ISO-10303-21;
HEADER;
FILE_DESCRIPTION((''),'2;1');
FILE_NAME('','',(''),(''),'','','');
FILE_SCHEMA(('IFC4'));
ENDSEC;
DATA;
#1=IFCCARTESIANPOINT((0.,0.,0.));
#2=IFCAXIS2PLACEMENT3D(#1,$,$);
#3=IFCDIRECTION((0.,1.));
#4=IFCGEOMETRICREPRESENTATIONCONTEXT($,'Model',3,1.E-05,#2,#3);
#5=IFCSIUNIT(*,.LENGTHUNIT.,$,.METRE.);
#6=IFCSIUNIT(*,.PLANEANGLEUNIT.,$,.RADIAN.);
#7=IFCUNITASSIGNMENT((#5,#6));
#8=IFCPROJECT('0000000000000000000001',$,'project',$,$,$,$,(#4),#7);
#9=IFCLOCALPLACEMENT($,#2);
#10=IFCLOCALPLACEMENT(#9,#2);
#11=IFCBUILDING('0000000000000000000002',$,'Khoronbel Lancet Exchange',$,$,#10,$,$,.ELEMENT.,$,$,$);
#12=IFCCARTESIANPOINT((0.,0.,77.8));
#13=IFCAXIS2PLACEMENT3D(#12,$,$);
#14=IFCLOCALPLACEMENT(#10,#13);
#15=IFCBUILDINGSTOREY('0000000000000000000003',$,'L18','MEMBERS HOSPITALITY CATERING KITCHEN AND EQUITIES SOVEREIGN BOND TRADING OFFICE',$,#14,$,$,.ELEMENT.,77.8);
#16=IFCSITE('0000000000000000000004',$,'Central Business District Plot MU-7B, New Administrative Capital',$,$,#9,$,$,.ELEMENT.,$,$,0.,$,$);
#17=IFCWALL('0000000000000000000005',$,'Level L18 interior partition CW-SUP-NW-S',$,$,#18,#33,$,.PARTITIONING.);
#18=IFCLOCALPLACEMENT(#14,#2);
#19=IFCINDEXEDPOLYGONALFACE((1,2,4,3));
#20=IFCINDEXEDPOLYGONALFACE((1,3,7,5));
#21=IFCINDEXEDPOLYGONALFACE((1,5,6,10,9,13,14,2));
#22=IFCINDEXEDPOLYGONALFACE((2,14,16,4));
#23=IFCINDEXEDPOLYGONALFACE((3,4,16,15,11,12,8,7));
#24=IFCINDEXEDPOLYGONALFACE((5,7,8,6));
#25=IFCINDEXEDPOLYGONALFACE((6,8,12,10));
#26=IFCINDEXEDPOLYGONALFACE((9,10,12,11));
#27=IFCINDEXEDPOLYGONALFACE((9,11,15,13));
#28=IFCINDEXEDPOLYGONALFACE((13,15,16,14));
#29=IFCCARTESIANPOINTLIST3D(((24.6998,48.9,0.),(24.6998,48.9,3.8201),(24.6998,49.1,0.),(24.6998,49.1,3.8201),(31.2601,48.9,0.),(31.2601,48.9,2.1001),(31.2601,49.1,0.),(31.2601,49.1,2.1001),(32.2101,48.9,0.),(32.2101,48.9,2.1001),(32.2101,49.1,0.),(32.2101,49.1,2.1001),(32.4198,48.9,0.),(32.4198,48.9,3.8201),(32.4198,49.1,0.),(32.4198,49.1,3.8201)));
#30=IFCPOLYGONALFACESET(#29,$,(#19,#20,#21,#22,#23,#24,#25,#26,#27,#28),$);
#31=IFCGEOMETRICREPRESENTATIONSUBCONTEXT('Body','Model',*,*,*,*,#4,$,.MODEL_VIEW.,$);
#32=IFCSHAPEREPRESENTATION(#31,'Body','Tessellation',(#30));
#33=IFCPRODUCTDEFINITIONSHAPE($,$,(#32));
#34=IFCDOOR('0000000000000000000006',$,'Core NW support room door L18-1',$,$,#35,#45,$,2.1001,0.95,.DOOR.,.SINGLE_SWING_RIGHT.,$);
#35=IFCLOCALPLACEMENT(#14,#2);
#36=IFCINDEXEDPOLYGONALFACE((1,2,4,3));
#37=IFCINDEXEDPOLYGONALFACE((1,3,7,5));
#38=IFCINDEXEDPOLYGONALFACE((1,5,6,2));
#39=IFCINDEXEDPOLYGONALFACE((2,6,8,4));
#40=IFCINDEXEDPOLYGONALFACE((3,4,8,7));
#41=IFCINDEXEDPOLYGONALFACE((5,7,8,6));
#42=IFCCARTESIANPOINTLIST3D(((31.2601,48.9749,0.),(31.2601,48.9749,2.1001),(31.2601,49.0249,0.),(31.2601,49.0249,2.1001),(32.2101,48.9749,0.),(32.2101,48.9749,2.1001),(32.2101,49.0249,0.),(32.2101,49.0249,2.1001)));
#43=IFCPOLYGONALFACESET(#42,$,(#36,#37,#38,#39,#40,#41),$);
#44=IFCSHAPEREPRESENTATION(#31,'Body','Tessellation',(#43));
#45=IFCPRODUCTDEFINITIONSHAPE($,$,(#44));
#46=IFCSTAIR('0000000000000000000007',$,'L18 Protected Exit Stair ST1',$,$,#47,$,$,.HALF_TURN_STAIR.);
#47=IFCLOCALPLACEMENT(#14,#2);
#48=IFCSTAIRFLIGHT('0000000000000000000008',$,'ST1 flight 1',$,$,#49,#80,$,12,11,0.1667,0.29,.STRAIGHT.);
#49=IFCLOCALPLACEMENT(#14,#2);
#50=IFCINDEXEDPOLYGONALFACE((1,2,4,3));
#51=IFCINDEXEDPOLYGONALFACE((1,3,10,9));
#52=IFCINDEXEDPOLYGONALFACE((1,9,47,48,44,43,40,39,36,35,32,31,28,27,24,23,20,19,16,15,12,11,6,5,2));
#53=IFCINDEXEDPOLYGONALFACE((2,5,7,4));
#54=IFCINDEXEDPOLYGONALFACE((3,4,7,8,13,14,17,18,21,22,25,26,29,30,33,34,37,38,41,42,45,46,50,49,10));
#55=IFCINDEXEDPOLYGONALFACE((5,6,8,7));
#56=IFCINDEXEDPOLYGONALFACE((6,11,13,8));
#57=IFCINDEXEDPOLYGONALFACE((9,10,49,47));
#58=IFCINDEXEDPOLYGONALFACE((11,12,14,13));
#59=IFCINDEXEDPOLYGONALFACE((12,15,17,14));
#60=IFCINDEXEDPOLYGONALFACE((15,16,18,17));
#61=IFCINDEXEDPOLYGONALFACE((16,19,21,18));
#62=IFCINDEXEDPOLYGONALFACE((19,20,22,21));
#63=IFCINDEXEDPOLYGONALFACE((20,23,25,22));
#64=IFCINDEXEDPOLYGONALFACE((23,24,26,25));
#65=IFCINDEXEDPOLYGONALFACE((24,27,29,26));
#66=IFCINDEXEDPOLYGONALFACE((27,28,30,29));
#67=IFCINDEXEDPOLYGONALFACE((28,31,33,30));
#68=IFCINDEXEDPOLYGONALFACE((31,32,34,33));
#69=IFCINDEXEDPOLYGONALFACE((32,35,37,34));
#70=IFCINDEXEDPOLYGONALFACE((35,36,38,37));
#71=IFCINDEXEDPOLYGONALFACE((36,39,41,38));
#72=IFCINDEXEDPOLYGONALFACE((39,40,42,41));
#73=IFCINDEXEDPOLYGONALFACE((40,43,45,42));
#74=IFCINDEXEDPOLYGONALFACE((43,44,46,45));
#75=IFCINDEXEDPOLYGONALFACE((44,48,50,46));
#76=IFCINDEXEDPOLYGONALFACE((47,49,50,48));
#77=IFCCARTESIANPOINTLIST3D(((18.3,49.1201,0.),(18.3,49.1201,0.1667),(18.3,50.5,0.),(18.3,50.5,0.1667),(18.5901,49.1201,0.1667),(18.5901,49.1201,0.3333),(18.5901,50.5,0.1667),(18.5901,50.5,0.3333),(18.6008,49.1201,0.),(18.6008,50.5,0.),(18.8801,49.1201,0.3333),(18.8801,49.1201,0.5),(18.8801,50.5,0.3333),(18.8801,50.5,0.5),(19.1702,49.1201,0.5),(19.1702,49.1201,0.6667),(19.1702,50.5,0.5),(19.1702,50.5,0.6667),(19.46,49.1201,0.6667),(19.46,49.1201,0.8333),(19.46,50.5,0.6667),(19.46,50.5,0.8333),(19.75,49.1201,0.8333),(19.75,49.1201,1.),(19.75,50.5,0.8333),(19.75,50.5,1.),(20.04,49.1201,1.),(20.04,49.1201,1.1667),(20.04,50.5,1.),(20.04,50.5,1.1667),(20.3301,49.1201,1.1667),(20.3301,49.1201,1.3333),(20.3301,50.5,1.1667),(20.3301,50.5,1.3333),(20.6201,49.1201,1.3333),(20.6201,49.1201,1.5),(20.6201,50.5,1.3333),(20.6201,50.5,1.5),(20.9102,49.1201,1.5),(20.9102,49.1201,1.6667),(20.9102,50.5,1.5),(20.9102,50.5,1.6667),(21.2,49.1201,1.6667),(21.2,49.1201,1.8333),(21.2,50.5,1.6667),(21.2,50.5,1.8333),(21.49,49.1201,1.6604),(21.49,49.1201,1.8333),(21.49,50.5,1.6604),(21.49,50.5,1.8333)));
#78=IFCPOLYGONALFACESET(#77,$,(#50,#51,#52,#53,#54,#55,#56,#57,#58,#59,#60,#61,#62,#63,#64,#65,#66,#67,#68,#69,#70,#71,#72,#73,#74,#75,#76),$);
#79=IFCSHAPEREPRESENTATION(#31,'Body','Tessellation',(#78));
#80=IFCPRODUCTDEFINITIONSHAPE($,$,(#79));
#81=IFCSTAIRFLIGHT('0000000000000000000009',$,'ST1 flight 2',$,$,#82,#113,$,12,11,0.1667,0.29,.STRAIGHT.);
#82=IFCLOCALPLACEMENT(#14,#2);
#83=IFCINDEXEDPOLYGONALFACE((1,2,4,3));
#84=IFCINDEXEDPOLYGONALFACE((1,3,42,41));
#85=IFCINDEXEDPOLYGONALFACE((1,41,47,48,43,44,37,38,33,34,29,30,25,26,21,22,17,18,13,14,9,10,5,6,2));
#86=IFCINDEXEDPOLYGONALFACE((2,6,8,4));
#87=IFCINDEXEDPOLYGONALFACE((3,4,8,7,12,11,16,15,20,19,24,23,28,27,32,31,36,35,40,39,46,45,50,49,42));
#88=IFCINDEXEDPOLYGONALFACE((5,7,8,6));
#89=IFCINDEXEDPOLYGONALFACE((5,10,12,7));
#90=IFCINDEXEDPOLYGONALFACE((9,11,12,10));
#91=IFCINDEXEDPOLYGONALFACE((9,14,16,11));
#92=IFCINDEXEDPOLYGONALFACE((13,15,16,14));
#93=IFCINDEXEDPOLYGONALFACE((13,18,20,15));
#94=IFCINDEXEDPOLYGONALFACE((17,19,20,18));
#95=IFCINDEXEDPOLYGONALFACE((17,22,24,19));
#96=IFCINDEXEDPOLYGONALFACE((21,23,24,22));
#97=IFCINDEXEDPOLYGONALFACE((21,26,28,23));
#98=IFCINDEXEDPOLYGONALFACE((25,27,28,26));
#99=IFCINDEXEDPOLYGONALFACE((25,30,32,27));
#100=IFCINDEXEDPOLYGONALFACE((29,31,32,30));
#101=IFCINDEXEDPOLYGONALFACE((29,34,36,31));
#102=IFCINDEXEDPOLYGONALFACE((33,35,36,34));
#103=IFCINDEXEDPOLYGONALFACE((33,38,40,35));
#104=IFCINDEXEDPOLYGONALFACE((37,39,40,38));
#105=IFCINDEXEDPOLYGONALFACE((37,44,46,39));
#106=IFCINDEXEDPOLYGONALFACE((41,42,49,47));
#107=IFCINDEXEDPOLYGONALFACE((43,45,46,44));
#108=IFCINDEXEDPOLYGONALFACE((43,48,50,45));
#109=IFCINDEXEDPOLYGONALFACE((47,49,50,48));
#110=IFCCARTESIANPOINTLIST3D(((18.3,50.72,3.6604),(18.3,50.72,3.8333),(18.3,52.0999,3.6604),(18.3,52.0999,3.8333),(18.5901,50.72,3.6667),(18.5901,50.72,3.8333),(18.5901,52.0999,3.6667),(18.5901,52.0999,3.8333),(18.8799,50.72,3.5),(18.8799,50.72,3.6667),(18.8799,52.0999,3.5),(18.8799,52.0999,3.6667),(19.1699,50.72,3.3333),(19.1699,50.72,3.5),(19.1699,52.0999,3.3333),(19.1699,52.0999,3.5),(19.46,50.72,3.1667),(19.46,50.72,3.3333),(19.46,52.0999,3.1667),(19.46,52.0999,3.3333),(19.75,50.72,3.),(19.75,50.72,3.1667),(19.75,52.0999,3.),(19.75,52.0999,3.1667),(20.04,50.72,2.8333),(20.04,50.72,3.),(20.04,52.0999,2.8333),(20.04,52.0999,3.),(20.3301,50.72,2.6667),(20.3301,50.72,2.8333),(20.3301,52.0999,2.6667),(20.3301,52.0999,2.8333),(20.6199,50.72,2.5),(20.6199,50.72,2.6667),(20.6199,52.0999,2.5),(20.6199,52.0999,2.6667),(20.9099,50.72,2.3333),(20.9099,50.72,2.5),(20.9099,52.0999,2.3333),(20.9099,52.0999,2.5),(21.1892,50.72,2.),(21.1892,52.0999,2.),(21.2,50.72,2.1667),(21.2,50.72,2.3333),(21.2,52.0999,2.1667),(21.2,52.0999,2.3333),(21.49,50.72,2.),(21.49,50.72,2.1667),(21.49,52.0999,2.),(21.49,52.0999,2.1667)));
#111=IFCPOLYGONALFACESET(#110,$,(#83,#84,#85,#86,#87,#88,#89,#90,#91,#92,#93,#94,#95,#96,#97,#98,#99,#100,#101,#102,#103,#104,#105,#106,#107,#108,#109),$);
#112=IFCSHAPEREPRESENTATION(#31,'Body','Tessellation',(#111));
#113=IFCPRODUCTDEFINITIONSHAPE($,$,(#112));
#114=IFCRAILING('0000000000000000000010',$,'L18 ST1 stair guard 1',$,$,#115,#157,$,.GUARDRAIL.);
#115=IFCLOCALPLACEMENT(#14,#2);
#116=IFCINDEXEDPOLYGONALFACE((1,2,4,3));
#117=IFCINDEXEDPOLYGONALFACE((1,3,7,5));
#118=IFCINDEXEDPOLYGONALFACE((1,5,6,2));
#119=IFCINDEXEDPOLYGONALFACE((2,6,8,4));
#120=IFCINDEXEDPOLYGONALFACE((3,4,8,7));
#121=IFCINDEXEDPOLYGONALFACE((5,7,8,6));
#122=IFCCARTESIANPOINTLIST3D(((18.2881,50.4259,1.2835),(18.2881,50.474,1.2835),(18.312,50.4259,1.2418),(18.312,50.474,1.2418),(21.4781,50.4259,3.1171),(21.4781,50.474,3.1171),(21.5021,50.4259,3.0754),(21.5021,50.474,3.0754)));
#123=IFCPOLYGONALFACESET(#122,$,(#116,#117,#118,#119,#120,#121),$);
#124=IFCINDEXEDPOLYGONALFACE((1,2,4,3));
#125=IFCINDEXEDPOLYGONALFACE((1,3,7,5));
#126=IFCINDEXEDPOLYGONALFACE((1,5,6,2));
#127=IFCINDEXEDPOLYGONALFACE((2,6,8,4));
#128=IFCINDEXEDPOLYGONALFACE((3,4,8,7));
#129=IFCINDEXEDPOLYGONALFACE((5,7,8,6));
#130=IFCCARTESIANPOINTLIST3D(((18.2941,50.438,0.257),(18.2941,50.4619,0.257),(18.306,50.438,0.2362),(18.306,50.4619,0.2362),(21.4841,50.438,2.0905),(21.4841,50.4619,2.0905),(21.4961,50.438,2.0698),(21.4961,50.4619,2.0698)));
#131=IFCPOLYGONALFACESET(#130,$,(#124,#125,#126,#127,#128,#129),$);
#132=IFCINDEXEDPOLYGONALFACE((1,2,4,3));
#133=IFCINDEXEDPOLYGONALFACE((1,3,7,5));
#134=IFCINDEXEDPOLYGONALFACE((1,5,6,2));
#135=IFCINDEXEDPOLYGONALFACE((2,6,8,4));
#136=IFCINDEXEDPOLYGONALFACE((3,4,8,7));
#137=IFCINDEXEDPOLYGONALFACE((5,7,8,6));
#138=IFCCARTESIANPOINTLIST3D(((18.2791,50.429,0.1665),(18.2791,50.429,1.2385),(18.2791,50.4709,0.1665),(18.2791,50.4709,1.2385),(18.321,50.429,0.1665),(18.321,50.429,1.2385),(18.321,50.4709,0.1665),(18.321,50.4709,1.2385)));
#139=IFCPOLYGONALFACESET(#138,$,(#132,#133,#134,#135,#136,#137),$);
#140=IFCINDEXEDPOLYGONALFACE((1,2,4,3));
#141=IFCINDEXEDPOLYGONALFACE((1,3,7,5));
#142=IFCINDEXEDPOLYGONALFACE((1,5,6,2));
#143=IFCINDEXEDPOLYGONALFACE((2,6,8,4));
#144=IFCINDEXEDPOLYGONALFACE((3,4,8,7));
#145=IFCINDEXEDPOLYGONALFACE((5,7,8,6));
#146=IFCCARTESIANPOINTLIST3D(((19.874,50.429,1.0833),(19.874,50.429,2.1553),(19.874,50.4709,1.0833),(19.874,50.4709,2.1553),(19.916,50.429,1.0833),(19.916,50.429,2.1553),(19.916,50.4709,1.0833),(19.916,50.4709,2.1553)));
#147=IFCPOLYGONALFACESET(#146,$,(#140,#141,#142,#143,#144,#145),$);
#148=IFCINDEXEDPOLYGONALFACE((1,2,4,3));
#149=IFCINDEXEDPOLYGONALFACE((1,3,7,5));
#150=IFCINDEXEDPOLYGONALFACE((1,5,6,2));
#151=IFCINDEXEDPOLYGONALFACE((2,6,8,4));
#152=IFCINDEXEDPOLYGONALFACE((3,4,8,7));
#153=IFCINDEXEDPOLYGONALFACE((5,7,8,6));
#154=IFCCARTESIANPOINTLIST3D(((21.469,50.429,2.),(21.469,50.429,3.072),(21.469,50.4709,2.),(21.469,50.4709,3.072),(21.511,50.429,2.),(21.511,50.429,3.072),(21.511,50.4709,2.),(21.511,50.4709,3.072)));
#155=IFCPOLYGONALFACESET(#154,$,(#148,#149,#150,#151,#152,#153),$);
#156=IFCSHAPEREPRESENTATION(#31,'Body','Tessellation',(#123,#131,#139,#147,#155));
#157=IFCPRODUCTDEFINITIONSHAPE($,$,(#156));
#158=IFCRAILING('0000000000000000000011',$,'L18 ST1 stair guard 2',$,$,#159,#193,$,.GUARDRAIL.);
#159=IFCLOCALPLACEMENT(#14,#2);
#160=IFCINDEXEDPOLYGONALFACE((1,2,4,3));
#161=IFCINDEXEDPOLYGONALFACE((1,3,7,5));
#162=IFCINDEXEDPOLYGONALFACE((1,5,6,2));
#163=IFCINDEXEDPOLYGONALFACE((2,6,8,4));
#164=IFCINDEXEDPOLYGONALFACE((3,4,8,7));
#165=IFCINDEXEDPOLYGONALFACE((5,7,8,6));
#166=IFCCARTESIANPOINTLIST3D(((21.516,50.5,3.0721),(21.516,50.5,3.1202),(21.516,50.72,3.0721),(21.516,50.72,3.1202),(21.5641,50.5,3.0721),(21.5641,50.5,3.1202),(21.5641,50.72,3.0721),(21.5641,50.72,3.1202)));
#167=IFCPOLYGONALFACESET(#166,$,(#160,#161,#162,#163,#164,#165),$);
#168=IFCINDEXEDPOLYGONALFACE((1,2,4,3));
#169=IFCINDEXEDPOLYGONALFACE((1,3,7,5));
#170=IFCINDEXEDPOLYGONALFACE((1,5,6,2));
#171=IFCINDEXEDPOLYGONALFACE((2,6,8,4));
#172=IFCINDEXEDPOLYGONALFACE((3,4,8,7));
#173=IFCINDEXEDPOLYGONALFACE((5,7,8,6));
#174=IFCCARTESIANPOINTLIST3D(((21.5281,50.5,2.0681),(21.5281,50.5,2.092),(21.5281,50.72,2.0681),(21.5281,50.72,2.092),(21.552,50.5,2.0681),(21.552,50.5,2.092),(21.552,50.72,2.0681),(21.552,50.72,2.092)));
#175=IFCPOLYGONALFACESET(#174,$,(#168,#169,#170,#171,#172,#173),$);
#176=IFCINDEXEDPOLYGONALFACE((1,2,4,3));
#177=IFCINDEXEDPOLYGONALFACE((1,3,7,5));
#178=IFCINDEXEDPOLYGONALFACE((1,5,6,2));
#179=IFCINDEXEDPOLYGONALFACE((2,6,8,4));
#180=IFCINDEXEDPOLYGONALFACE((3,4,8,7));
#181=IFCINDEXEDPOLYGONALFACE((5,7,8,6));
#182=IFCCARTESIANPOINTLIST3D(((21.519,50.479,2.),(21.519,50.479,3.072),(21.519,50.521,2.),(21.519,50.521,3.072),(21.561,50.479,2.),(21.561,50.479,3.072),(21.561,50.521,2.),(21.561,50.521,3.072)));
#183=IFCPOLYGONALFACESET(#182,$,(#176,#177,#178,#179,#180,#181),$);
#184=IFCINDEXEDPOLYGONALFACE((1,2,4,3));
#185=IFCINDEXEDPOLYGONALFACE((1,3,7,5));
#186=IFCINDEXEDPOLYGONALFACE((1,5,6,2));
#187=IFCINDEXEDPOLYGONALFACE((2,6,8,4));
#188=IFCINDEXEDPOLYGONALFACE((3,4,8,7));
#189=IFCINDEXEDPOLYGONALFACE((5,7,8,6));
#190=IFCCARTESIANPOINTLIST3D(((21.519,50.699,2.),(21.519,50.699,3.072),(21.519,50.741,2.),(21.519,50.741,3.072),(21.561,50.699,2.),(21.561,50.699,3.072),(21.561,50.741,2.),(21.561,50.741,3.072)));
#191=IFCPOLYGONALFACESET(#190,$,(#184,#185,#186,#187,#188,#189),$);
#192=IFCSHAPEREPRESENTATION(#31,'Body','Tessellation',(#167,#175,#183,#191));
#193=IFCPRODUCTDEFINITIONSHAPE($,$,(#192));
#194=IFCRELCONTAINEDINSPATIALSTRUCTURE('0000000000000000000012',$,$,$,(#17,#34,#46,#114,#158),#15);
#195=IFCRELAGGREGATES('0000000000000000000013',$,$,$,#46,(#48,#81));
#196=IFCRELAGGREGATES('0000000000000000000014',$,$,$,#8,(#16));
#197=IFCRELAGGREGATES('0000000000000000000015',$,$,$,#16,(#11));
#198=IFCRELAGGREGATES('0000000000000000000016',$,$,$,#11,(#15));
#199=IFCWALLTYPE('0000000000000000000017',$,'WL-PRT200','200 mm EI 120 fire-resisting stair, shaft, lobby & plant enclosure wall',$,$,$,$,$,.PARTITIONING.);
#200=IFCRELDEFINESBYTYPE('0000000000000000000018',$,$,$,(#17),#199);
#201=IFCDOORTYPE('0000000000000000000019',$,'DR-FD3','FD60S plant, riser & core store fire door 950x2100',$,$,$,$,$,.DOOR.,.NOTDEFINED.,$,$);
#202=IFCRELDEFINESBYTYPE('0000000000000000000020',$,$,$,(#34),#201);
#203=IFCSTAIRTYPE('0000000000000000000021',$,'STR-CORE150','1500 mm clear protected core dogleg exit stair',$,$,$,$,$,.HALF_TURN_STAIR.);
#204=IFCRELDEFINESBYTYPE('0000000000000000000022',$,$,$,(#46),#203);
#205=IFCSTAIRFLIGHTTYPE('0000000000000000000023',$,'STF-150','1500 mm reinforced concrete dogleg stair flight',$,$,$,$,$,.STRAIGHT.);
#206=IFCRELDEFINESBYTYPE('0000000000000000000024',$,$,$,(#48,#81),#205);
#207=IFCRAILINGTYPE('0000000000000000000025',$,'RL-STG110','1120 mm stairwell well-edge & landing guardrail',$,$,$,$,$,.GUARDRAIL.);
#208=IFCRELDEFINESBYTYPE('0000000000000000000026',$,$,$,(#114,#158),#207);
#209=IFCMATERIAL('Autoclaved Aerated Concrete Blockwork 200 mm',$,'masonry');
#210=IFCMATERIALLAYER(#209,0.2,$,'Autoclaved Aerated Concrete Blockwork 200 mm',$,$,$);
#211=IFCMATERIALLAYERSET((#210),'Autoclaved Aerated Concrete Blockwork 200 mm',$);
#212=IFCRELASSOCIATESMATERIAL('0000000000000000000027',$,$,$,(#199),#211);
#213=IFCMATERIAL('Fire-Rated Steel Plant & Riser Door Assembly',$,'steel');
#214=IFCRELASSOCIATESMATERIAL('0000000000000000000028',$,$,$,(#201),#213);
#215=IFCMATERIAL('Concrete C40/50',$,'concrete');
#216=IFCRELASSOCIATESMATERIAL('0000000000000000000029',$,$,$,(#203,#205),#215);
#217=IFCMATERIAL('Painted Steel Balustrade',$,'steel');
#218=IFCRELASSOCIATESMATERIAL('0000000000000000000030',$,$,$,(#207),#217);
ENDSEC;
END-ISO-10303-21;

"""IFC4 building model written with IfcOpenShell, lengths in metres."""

from ifc_helpers import new_model, si_unit, direction, frame, frame_2d, origin, origin_2d, place, context, subcontext, project, spatial, polyline, rectangle, outline, extrude, material, layer, layer_set, type_object, element, fill, aggregate, save


model = new_model("IFC4")

# Units and contexts
model_context = context("Model", 3, precision=1e-05, world=origin(), true_north=direction((0.0, 1.0)))
body_context = subcontext(model_context, "Body", "Model", "MODEL_VIEW")
ifc_project = project(units=[si_unit("LENGTHUNIT", "METRE"), si_unit("PLANEANGLEUNIT", "RADIAN")], contexts=[model_context])

# Site, building, storey
site_placement = place(None, origin())
site = spatial("IfcSite", under=ifc_project, at=site_placement, Name="Central Business District Plot MU-7B, New Administrative Capital", CompositionType="ELEMENT", RefElevation=0.0)
building_placement = place(site_placement, origin())
building = spatial("IfcBuilding", under=site, at=building_placement, Name="Khoronbel Lancet Exchange", CompositionType="ELEMENT")
storey_placement = place(building_placement, frame((0.0, 0.0, 77.8)))
storey = spatial("IfcBuildingStorey", under=building, at=storey_placement, Name="L18", Description="MEMBERS HOSPITALITY CATERING KITCHEN AND EQUITIES SOVEREIGN BOND TRADING OFFICE", CompositionType="ELEMENT", Elevation=77.8)

# Shared definitions
ifc_material_1 = material(Name="Autoclaved Aerated Concrete Blockwork 200 mm", Category="masonry")
ifc_layer_1 = layer(ifc_material_1, 0.2, Name="Autoclaved Aerated Concrete Blockwork 200 mm")
ifc_layer_set_1 = layer_set([ifc_layer_1], Name="Autoclaved Aerated Concrete Blockwork 200 mm")
wall_type_1 = type_object("IfcWallType", Name="WL-PRT200", Description="200 mm EI 120 fire-resisting stair, shaft, lobby & plant enclosure wall", PredefinedType="PARTITIONING", material=ifc_layer_set_1)

# Wall, opening, door
wall_1_placement = place(storey_placement, frame((24.7, 49.0, 0.0), z_axis=(0.0, 0.0, 1.0), x_axis=(1.0, 0.0, 0.0)))
wall_1 = element("IfcWall", 1, at=wall_1_placement, inside=storey, type_object=wall_type_1, Name="Level L18 interior partition CW-SUP-NW-S", PredefinedType="PARTITIONING", context=body_context, shape_type="SweptSolid", body=[
    extrude(rectangle(XDim=7.72, YDim=0.2, at=frame_2d((3.8599, 0.0))), origin(), (0.0, 0.0, 1.0), 3.8201),
])
opening_1_placement = place(wall_1_placement, frame((6.5601, 0.0, 0.0)))
opening_1 = element("IfcOpeningElement", 2, at=opening_1_placement, cuts=wall_1, PredefinedType="OPENING", context=body_context, shape_type="SweptSolid", body=[
    extrude(rectangle(XDim=0.95, YDim=2.1001, at=frame_2d((0.4751, 1.05))), frame((0.0, 0.1099, 0.0), z_axis=(0.0, -1.0, 0.0), x_axis=(1.0, 0.0, 0.0)), (0.0, 0.0, 1.0), 0.22),
])
ifc_material_2 = material(Name="Fire-Rated Steel Plant & Riser Door Assembly", Category="steel")
door_type_1 = type_object("IfcDoorType", Name="DR-FD3", Description="FD60S plant, riser & core store fire door 950x2100", OperationType="NOTDEFINED", PredefinedType="DOOR", material=ifc_material_2)
door_1_placement = place(opening_1_placement, origin())
door_1 = element("IfcDoor", 3, at=door_1_placement, inside=storey, type_object=door_type_1, Name="Core NW support room door L18-1", OperationType="SINGLE_SWING_RIGHT", OverallHeight=2.1001, OverallWidth=0.95, PredefinedType="DOOR", context=body_context, shape_type="SweptSolid", body=[
    extrude(rectangle(XDim=0.95, YDim=2.1001, at=frame_2d((0.4751, 1.05))), frame((0.0, 0.0249, 0.0), z_axis=(0.0, -1.0, 0.0), x_axis=(1.0, 0.0, 0.0)), (0.0, 0.0, 1.0), 0.05),
])
fill(opening_1, door_1)

# Stair, stair flights
ifc_material_3 = material(Name="Concrete C40/50", Category="concrete")
stair_type = type_object("IfcStairType", Name="STR-CORE150", Description="1500 mm clear protected core dogleg exit stair", PredefinedType="HALF_TURN_STAIR", material=ifc_material_3)
stair_placement = place(storey_placement, origin())
stair = element("IfcStair", 4, at=stair_placement, inside=storey, type_object=stair_type, Name="L18 Protected Exit Stair ST1", PredefinedType="HALF_TURN_STAIR")
stair_flight_type = type_object("IfcStairFlightType", Name="STF-150", Description="1500 mm reinforced concrete dogleg stair flight", PredefinedType="STRAIGHT", material=ifc_material_3)
stair_flight_1_placement = place(storey_placement, frame((18.3, 49.8101, 0.0), z_axis=(0.0, 0.0, 1.0), x_axis=(1.0, 0.0, 0.0)))
stair_flight_1 = element("IfcStairFlight", 5, at=stair_flight_1_placement, type_object=stair_flight_type, Name="ST1 flight 1", NumberOfRisers=12, NumberOfTreads=11, PredefinedType="STRAIGHT", RiserHeight=0.1667, TreadLength=0.29, context=body_context, shape_type="SweptSolid", body=[
    extrude(outline(polyline([(0.0, 0.0), (0.0, 0.1667), (0.29, 0.1667), (0.29, 0.3333), (0.5801, 0.3333), (0.5801, 0.5), (0.8701, 0.5), (0.8701, 0.6667), (1.1599, 0.6667), (1.1599, 0.8333), (1.45, 0.8333), (1.45, 1.0), (1.74, 1.0), (1.74, 1.1667), (2.03, 1.1667), (2.03, 1.3333), (2.3201, 1.3333), (2.3201, 1.5), (2.6101, 1.5), (2.6101, 1.6667), (2.8999, 1.6667), (2.8999, 1.8333), (3.1899, 1.8333), (3.1899, 2.0), (3.1899, 1.6604), (0.3008, 0.0), (0.0, 0.0)])), frame((0.0, 0.6899, 0.0), z_axis=(0.0, -1.0, 0.0), x_axis=(1.0, 0.0, 0.0)), (0.0, 0.0, 1.0), 1.3799),
])
stair_flight_2_placement = place(storey_placement, frame((21.49, 51.4099, 2.0), z_axis=(0.0, 0.0, 1.0), x_axis=(-1.0, 0.0, 0.0)))
stair_flight_2 = element("IfcStairFlight", 6, at=stair_flight_2_placement, type_object=stair_flight_type, Name="ST1 flight 2", NumberOfRisers=12, NumberOfTreads=11, PredefinedType="STRAIGHT", RiserHeight=0.1667, TreadLength=0.29, context=body_context, shape_type="SweptSolid", body=[
    extrude(outline(polyline([(0.0, 0.0), (0.0, 0.1667), (0.29, 0.1667), (0.29, 0.3333), (0.5801, 0.3333), (0.5801, 0.5), (0.8701, 0.5), (0.8701, 0.6667), (1.1599, 0.6667), (1.1599, 0.8333), (1.45, 0.8333), (1.45, 1.0), (1.74, 1.0), (1.74, 1.1667), (2.03, 1.1667), (2.03, 1.3333), (2.3201, 1.3333), (2.3201, 1.5), (2.6101, 1.5), (2.6101, 1.6667), (2.8999, 1.6667), (2.8999, 1.8333), (3.1899, 1.8333), (3.1899, 2.0), (3.1899, 1.6604), (0.3008, 0.0), (0.0, 0.0)])), frame((0.0, 0.6899, 0.0), z_axis=(0.0, -1.0, 0.0), x_axis=(1.0, 0.0, 0.0)), (0.0, 0.0, 1.0), 1.3799),
])
aggregate(stair, [stair_flight_1, stair_flight_2])

# Railings
ifc_material_4 = material(Name="Painted Steel Balustrade", Category="steel")
railing_type_1 = type_object("IfcRailingType", Name="RL-STG110", Description="1120 mm stairwell well-edge & landing guardrail", PredefinedType="GUARDRAIL", material=ifc_material_4)
railing_1_placement = place(storey_placement, frame((18.3, 50.45, 0.1665)))
element("IfcRailing", 7, at=railing_1_placement, inside=storey, type_object=railing_type_1, Name="L18 ST1 stair guard 1", PredefinedType="GUARDRAIL", context=body_context, shape_type="SweptSolid", body=[
    extrude(rectangle(XDim=0.0481, YDim=0.0481, at=origin_2d()), frame((0.0, 0.0, 1.0962), z_axis=(0.866991, 0.0, 0.498324), x_axis=(0.0, 1.0, 0.0)), (0.0, 0.0, 1.0), 3.6794),
    extrude(rectangle(XDim=0.0239, YDim=0.0239, at=origin_2d()), frame((0.0, 0.0, 0.0801), z_axis=(0.866991, 0.0, 0.498324), x_axis=(0.0, 1.0, 0.0)), (0.0, 0.0, 1.0), 3.6794),
    extrude(rectangle(XDim=0.042, YDim=0.042, at=origin_2d()), origin(), (0.0, 0.0, 1.0), 1.072),
    extrude(rectangle(XDim=0.042, YDim=0.042, at=origin_2d()), frame((1.595, 0.0, 0.9167)), (0.0, 0.0, 1.0), 1.072),
    extrude(rectangle(XDim=0.042, YDim=0.042, at=origin_2d()), frame((3.1899, 0.0, 1.8335)), (0.0, 0.0, 1.0), 1.072),
])
railing_2_placement = place(storey_placement, frame((21.54, 50.5, 2.0)))
element("IfcRailing", 8, at=railing_2_placement, inside=storey, type_object=railing_type_1, Name="L18 ST1 stair guard 2", PredefinedType="GUARDRAIL", context=body_context, shape_type="SweptSolid", body=[
    extrude(rectangle(XDim=0.0481, YDim=0.0481, at=origin_2d()), frame((0.0, 0.0, 1.0962), z_axis=(0.0, 1.0, 0.0), x_axis=(-1.0, 0.0, 0.0)), (0.0, 0.0, 1.0), 0.22),
    extrude(rectangle(XDim=0.0239, YDim=0.0239, at=origin_2d()), frame((0.0, 0.0, 0.0801), z_axis=(0.0, 1.0, 0.0), x_axis=(-1.0, 0.0, 0.0)), (0.0, 0.0, 1.0), 0.22),
    extrude(rectangle(XDim=0.042, YDim=0.042, at=origin_2d()), origin(), (0.0, 0.0, 1.0), 1.072),
    extrude(rectangle(XDim=0.042, YDim=0.042, at=origin_2d()), frame((0.0, 0.22, 0.0)), (0.0, 0.0, 1.0), 1.072),
])

save(model, "model.ifc")
